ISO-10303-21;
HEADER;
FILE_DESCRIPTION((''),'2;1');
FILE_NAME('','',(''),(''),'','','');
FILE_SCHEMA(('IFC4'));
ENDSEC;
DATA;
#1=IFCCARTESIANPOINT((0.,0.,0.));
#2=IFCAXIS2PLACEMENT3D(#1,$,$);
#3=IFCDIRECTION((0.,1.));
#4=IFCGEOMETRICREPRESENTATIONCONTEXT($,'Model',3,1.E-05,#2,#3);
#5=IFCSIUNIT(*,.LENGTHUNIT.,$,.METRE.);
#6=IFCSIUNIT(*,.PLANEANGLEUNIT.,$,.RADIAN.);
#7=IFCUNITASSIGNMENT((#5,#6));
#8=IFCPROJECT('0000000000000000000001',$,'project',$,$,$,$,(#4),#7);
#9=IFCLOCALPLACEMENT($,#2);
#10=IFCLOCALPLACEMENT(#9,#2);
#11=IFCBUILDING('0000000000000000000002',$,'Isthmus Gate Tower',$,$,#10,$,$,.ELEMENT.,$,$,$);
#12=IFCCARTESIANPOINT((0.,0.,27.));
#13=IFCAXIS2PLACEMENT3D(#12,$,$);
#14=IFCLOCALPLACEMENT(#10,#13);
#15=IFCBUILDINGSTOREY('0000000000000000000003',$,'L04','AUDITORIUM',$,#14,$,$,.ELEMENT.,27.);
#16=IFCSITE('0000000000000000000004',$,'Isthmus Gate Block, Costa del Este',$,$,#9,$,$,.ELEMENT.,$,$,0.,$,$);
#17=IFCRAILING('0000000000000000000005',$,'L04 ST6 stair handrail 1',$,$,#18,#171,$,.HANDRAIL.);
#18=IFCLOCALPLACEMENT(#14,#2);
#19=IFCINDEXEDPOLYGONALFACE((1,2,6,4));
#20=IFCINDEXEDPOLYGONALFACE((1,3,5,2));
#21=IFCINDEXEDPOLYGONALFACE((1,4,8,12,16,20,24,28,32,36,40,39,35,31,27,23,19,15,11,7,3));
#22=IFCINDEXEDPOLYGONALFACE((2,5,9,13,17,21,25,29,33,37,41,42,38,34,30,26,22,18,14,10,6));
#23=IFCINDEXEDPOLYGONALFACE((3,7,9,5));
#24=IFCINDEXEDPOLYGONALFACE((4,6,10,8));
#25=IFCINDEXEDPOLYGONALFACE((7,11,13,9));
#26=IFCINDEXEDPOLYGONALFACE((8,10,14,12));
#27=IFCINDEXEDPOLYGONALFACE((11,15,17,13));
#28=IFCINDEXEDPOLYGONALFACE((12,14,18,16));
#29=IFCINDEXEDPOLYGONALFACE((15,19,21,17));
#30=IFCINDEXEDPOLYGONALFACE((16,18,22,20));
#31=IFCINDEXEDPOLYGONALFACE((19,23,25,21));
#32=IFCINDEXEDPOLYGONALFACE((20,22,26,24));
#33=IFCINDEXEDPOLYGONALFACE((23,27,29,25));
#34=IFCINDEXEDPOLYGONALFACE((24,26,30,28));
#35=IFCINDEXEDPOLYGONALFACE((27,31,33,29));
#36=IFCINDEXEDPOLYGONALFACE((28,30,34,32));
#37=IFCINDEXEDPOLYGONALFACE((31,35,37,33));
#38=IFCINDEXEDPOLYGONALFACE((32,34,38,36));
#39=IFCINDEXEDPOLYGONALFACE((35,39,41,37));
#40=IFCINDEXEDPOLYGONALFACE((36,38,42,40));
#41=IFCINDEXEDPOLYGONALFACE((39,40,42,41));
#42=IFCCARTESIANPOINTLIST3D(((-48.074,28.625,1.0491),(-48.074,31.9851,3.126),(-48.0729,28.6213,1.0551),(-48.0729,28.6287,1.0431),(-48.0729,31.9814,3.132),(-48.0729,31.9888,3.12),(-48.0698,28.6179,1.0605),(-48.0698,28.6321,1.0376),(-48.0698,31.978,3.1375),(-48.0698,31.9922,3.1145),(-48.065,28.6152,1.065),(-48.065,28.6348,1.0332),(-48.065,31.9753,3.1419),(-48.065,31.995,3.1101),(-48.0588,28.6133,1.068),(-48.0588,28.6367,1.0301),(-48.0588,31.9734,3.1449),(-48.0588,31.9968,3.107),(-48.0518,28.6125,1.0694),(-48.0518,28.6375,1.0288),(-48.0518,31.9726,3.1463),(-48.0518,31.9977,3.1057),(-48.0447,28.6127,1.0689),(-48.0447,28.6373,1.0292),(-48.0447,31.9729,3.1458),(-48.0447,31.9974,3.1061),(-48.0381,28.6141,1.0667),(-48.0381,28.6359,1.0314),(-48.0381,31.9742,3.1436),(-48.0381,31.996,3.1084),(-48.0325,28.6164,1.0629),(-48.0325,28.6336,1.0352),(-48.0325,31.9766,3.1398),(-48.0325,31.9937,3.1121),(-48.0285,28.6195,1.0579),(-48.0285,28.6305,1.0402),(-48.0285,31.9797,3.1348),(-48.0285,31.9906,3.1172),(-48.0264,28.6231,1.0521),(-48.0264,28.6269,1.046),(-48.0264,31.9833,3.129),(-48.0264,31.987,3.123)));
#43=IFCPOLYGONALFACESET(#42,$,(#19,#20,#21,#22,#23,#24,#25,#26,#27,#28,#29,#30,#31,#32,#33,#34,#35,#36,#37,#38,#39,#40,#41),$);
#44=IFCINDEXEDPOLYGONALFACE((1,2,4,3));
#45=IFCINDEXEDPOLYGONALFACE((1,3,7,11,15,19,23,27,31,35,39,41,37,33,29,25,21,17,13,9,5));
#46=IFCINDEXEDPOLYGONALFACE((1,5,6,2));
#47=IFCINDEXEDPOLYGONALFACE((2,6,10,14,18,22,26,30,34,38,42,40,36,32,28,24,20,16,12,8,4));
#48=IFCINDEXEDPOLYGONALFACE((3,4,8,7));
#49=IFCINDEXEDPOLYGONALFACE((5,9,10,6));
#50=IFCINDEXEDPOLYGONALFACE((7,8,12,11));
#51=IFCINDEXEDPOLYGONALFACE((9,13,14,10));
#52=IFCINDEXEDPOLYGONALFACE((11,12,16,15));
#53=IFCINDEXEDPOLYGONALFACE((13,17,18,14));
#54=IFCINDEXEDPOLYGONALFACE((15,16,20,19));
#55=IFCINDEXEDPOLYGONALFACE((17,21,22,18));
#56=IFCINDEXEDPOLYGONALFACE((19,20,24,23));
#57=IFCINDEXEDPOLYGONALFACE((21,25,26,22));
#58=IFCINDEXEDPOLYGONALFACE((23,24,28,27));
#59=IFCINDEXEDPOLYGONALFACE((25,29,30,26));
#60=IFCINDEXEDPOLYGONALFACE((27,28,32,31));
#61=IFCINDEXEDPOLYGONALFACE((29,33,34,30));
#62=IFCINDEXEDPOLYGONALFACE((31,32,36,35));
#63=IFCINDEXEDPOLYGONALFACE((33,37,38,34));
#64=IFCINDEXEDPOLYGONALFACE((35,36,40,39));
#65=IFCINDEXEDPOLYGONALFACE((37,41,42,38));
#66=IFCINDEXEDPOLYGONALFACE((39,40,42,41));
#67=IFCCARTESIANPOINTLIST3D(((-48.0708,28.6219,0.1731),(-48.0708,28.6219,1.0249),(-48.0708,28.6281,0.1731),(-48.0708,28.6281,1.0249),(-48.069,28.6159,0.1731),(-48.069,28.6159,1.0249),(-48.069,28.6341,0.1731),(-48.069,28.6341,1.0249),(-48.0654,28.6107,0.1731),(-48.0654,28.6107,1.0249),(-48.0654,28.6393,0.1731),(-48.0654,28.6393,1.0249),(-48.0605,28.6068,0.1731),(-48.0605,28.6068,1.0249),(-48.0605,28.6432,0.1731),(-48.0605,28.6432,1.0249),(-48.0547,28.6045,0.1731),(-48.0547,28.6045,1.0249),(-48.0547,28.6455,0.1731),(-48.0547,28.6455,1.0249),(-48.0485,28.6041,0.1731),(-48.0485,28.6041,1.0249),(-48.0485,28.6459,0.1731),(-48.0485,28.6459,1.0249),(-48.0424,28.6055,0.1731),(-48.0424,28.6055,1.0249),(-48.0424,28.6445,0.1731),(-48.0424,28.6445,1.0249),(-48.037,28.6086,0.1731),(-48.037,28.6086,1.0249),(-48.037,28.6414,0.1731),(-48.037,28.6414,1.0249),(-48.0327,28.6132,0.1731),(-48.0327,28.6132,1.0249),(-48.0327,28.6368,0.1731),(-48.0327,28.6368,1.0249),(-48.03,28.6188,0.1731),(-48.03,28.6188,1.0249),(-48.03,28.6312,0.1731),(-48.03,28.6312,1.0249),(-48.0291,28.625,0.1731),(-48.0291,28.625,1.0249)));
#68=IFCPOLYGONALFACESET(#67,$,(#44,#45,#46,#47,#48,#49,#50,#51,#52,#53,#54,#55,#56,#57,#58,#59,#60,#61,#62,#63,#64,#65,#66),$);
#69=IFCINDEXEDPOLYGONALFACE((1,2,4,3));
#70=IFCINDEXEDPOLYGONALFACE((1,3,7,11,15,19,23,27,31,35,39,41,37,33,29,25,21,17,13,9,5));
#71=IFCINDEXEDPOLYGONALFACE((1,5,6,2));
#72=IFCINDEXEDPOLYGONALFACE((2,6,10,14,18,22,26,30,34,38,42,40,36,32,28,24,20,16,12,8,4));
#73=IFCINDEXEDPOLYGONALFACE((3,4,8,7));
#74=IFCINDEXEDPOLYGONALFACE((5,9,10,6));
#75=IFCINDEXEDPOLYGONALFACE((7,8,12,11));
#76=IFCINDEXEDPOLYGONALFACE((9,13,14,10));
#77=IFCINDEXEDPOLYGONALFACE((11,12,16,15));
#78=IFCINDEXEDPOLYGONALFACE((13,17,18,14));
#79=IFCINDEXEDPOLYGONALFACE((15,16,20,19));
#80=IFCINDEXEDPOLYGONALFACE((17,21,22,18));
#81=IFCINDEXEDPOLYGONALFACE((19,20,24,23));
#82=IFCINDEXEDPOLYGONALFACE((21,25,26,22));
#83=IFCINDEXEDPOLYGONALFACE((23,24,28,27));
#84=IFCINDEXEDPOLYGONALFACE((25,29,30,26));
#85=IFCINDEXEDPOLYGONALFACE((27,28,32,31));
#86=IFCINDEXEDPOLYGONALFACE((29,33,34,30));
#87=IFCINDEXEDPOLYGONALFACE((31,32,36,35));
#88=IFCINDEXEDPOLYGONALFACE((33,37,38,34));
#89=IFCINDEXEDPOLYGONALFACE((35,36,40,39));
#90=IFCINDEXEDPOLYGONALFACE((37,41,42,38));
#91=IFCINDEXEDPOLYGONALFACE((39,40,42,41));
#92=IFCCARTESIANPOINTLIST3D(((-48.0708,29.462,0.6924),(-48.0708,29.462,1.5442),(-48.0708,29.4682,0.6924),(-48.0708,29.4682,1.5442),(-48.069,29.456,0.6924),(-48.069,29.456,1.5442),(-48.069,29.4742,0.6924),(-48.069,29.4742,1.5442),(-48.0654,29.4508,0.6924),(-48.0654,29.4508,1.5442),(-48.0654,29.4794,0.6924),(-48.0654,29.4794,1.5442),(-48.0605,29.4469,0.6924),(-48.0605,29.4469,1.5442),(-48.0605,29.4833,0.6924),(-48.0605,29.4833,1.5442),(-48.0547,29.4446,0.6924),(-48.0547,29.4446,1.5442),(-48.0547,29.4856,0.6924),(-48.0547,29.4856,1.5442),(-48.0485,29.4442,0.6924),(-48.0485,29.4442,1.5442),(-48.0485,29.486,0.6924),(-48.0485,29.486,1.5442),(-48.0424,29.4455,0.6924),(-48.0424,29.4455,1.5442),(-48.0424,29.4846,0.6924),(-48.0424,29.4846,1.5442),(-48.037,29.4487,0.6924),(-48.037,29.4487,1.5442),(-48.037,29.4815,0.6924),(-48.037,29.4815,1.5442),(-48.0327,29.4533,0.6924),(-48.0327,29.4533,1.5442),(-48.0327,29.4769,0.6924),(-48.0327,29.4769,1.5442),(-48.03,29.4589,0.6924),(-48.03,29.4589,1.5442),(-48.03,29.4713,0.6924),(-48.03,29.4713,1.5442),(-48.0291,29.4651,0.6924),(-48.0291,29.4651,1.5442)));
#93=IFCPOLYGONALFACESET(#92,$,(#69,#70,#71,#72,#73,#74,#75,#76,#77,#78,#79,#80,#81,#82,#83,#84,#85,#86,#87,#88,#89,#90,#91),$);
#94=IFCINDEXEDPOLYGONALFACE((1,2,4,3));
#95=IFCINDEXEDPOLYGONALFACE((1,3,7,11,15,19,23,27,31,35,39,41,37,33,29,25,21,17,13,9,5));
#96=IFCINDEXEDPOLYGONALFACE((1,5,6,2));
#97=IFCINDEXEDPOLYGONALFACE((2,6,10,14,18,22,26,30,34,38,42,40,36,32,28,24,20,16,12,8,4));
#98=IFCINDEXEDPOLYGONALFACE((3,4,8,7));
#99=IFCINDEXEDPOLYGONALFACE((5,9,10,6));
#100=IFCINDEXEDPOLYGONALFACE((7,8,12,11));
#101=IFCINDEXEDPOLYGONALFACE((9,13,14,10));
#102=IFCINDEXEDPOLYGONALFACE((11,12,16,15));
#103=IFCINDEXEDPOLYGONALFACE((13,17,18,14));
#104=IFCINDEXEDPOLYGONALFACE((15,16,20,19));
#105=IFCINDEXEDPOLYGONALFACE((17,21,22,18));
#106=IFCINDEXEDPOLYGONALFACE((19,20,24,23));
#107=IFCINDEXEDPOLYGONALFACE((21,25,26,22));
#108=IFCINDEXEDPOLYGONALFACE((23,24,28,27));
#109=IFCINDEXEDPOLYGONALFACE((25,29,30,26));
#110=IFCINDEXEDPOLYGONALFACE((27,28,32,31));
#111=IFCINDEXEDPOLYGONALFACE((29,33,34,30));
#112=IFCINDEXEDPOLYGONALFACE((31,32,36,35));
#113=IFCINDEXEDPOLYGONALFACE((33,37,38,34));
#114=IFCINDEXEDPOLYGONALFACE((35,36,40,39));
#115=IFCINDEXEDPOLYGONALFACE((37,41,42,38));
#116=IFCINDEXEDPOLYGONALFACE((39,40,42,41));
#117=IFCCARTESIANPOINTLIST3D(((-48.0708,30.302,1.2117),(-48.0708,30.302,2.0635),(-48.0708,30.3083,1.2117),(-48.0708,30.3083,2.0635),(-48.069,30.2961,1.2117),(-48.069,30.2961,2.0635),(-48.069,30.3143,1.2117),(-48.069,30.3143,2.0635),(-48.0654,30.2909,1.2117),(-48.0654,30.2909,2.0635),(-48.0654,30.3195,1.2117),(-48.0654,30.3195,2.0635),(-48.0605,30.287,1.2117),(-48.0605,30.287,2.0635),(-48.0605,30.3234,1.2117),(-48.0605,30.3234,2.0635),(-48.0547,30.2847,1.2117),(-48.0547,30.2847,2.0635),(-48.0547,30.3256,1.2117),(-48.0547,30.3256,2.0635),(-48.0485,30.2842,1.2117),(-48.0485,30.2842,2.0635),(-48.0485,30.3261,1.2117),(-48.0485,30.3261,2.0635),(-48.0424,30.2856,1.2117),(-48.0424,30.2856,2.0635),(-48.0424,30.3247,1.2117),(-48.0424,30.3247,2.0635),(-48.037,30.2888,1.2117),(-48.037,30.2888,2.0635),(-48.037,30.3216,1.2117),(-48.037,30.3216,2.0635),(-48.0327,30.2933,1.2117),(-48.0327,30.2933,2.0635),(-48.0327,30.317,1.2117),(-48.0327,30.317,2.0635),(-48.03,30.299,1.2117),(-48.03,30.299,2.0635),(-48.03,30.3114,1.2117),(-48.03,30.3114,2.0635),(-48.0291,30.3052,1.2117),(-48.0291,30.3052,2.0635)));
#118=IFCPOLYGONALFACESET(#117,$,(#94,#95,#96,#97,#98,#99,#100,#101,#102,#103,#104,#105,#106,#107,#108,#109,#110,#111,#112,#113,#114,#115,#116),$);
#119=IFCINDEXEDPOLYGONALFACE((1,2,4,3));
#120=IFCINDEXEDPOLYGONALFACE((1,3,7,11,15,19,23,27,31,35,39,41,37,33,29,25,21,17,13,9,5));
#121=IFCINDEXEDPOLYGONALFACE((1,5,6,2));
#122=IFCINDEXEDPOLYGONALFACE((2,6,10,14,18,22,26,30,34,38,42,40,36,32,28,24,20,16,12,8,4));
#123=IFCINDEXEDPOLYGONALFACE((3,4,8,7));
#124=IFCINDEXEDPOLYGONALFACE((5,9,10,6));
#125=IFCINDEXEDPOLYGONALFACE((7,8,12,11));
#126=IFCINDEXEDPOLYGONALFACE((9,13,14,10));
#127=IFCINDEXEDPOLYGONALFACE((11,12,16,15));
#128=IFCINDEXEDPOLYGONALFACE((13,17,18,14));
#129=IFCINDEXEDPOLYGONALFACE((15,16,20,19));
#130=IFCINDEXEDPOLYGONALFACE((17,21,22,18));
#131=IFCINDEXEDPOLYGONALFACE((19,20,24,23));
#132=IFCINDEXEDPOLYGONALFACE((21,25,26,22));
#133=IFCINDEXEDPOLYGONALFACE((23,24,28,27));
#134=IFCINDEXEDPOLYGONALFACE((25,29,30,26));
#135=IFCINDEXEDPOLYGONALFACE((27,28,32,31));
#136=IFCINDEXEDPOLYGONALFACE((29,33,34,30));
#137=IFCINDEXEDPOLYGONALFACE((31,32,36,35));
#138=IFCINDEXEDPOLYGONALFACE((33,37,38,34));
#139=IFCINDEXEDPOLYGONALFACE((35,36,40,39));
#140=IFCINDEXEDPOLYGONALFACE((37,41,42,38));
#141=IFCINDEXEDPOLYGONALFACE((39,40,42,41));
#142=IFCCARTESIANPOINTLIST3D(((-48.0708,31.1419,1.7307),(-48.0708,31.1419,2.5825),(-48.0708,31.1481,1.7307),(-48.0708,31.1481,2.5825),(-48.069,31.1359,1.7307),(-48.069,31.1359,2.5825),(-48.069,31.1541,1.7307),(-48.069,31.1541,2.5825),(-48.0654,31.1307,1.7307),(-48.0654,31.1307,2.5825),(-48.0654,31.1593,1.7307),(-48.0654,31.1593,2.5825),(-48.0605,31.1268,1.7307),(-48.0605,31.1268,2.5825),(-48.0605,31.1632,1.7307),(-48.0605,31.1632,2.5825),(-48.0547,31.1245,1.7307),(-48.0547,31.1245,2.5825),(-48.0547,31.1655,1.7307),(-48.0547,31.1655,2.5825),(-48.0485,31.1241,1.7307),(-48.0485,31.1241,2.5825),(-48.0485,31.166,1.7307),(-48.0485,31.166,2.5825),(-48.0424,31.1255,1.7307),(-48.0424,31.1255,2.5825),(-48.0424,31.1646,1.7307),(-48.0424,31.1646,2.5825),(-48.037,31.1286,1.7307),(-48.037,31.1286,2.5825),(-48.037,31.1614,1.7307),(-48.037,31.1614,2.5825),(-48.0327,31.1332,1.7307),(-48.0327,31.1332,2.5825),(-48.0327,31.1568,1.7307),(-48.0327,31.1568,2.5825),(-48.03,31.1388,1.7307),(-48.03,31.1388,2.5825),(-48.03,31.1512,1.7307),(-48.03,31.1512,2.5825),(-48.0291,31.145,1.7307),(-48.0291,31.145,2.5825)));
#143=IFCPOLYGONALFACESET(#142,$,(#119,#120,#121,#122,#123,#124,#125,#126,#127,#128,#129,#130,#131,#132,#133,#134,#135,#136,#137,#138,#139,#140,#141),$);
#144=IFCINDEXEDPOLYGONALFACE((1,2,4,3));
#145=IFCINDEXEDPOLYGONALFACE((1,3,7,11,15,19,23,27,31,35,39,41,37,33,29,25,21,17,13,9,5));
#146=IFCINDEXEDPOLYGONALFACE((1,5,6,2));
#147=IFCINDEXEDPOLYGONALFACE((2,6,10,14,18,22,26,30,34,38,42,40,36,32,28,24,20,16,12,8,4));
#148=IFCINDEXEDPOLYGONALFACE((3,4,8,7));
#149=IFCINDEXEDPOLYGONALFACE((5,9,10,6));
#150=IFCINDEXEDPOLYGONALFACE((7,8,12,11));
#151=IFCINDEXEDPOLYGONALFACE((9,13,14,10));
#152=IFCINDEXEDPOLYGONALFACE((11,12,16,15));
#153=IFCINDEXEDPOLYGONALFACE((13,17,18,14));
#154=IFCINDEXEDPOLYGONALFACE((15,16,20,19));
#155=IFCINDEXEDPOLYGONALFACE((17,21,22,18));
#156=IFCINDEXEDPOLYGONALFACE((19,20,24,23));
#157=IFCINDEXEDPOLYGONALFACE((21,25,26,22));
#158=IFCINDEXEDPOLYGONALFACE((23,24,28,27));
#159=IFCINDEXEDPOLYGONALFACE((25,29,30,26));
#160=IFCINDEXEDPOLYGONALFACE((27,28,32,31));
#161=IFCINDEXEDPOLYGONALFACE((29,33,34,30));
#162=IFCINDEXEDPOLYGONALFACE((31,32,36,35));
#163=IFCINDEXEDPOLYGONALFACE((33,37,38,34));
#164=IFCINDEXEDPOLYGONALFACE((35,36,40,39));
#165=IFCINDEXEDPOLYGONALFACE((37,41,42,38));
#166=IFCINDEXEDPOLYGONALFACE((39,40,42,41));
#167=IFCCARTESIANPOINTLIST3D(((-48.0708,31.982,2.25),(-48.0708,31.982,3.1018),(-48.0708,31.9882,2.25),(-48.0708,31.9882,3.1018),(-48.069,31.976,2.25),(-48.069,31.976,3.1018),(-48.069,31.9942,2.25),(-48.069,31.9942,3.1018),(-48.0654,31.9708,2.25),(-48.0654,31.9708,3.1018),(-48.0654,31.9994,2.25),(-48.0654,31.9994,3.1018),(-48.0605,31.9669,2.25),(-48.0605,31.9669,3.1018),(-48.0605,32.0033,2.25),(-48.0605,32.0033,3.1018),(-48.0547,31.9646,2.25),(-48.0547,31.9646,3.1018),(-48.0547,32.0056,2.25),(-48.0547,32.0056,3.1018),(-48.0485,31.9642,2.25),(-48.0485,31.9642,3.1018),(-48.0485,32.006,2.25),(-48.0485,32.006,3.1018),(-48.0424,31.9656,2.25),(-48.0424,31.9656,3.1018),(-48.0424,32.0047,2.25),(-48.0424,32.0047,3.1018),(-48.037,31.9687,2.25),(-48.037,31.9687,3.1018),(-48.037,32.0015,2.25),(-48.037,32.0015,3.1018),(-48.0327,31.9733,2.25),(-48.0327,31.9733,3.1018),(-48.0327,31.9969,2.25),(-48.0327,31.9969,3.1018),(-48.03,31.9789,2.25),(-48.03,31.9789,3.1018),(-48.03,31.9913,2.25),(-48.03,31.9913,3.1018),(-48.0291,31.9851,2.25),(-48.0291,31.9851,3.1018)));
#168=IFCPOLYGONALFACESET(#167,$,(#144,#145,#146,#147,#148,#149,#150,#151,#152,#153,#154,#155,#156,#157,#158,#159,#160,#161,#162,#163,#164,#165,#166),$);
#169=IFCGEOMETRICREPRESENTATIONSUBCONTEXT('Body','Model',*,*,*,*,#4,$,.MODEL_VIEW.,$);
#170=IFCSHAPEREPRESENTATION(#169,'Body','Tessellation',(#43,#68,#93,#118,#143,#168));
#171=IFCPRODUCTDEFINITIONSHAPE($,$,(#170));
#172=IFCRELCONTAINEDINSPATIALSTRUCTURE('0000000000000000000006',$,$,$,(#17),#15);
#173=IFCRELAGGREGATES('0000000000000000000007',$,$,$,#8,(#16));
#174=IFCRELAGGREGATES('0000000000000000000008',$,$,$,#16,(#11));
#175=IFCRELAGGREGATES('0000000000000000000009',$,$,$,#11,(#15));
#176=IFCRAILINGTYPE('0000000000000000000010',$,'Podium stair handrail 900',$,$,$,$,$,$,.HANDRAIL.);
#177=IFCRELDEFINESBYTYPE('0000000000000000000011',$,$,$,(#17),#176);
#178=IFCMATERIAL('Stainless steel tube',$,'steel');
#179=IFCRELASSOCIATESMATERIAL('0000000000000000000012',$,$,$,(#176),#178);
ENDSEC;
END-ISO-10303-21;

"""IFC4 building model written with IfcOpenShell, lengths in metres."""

from ifc_helpers import new_model, si_unit, direction, frame, origin, origin_2d, place, context, subcontext, project, spatial, circle, extrude, material, type_object, element, save


model = new_model("IFC4")

# Units and contexts
model_context = context("Model", 3, precision=1e-05, world=origin(), true_north=direction((0.0, 1.0)))
body_context = subcontext(model_context, "Body", "Model", "MODEL_VIEW")
ifc_project = project(units=[si_unit("LENGTHUNIT", "METRE"), si_unit("PLANEANGLEUNIT", "RADIAN")], contexts=[model_context])

# Site, building, storey
site_placement = place(None, origin())
site = spatial("IfcSite", under=ifc_project, at=site_placement, Name="Isthmus Gate Block, Costa del Este", CompositionType="ELEMENT", RefElevation=0.0)
building_placement = place(site_placement, origin())
building = spatial("IfcBuilding", under=site, at=building_placement, Name="Isthmus Gate Tower", CompositionType="ELEMENT")
storey_placement = place(building_placement, frame((0.0, 0.0, 27.0)))
storey = spatial("IfcBuildingStorey", under=building, at=storey_placement, Name="L04", Description="AUDITORIUM", CompositionType="ELEMENT", Elevation=27.0)

# Railing
ifc_material_1 = material(Name="Stainless steel tube", Category="steel")
railing_type_1 = type_object("IfcRailingType", Name="Podium stair handrail 900", PredefinedType="HANDRAIL", material=ifc_material_1)
railing_1_placement = place(storey_placement, frame((-48.05, 28.625, 0.1731)))
element("IfcRailing", 1, at=railing_1_placement, inside=storey, type_object=railing_type_1, Name="L04 ST6 stair handrail 1", PredefinedType="HANDRAIL", context=body_context, shape_type="SweptSolid", body=[
    extrude(circle(Radius=0.0239, at=origin_2d()), frame((0.0, 0.0, 0.876), z_axis=(0.0, 0.850623, 0.525776), x_axis=(-1.0, 0.0, 0.0)), (0.0, 0.0, 1.0), 3.9502),
    extrude(circle(Radius=0.021, at=origin_2d()), origin(), (0.0, 0.0, 1.0), 0.8518),
    extrude(circle(Radius=0.021, at=origin_2d()), frame((0.0, 0.8401, 0.5193)), (0.0, 0.0, 1.0), 0.8518),
    extrude(circle(Radius=0.021, at=origin_2d()), frame((0.0, 1.6802, 1.0386)), (0.0, 0.0, 1.0), 0.8518),
    extrude(circle(Radius=0.021, at=origin_2d()), frame((0.0, 2.52, 1.5576)), (0.0, 0.0, 1.0), 0.8518),
    extrude(circle(Radius=0.021, at=origin_2d()), frame((0.0, 3.3601, 2.0769)), (0.0, 0.0, 1.0), 0.8518),
])

save(model, "model.ifc")
